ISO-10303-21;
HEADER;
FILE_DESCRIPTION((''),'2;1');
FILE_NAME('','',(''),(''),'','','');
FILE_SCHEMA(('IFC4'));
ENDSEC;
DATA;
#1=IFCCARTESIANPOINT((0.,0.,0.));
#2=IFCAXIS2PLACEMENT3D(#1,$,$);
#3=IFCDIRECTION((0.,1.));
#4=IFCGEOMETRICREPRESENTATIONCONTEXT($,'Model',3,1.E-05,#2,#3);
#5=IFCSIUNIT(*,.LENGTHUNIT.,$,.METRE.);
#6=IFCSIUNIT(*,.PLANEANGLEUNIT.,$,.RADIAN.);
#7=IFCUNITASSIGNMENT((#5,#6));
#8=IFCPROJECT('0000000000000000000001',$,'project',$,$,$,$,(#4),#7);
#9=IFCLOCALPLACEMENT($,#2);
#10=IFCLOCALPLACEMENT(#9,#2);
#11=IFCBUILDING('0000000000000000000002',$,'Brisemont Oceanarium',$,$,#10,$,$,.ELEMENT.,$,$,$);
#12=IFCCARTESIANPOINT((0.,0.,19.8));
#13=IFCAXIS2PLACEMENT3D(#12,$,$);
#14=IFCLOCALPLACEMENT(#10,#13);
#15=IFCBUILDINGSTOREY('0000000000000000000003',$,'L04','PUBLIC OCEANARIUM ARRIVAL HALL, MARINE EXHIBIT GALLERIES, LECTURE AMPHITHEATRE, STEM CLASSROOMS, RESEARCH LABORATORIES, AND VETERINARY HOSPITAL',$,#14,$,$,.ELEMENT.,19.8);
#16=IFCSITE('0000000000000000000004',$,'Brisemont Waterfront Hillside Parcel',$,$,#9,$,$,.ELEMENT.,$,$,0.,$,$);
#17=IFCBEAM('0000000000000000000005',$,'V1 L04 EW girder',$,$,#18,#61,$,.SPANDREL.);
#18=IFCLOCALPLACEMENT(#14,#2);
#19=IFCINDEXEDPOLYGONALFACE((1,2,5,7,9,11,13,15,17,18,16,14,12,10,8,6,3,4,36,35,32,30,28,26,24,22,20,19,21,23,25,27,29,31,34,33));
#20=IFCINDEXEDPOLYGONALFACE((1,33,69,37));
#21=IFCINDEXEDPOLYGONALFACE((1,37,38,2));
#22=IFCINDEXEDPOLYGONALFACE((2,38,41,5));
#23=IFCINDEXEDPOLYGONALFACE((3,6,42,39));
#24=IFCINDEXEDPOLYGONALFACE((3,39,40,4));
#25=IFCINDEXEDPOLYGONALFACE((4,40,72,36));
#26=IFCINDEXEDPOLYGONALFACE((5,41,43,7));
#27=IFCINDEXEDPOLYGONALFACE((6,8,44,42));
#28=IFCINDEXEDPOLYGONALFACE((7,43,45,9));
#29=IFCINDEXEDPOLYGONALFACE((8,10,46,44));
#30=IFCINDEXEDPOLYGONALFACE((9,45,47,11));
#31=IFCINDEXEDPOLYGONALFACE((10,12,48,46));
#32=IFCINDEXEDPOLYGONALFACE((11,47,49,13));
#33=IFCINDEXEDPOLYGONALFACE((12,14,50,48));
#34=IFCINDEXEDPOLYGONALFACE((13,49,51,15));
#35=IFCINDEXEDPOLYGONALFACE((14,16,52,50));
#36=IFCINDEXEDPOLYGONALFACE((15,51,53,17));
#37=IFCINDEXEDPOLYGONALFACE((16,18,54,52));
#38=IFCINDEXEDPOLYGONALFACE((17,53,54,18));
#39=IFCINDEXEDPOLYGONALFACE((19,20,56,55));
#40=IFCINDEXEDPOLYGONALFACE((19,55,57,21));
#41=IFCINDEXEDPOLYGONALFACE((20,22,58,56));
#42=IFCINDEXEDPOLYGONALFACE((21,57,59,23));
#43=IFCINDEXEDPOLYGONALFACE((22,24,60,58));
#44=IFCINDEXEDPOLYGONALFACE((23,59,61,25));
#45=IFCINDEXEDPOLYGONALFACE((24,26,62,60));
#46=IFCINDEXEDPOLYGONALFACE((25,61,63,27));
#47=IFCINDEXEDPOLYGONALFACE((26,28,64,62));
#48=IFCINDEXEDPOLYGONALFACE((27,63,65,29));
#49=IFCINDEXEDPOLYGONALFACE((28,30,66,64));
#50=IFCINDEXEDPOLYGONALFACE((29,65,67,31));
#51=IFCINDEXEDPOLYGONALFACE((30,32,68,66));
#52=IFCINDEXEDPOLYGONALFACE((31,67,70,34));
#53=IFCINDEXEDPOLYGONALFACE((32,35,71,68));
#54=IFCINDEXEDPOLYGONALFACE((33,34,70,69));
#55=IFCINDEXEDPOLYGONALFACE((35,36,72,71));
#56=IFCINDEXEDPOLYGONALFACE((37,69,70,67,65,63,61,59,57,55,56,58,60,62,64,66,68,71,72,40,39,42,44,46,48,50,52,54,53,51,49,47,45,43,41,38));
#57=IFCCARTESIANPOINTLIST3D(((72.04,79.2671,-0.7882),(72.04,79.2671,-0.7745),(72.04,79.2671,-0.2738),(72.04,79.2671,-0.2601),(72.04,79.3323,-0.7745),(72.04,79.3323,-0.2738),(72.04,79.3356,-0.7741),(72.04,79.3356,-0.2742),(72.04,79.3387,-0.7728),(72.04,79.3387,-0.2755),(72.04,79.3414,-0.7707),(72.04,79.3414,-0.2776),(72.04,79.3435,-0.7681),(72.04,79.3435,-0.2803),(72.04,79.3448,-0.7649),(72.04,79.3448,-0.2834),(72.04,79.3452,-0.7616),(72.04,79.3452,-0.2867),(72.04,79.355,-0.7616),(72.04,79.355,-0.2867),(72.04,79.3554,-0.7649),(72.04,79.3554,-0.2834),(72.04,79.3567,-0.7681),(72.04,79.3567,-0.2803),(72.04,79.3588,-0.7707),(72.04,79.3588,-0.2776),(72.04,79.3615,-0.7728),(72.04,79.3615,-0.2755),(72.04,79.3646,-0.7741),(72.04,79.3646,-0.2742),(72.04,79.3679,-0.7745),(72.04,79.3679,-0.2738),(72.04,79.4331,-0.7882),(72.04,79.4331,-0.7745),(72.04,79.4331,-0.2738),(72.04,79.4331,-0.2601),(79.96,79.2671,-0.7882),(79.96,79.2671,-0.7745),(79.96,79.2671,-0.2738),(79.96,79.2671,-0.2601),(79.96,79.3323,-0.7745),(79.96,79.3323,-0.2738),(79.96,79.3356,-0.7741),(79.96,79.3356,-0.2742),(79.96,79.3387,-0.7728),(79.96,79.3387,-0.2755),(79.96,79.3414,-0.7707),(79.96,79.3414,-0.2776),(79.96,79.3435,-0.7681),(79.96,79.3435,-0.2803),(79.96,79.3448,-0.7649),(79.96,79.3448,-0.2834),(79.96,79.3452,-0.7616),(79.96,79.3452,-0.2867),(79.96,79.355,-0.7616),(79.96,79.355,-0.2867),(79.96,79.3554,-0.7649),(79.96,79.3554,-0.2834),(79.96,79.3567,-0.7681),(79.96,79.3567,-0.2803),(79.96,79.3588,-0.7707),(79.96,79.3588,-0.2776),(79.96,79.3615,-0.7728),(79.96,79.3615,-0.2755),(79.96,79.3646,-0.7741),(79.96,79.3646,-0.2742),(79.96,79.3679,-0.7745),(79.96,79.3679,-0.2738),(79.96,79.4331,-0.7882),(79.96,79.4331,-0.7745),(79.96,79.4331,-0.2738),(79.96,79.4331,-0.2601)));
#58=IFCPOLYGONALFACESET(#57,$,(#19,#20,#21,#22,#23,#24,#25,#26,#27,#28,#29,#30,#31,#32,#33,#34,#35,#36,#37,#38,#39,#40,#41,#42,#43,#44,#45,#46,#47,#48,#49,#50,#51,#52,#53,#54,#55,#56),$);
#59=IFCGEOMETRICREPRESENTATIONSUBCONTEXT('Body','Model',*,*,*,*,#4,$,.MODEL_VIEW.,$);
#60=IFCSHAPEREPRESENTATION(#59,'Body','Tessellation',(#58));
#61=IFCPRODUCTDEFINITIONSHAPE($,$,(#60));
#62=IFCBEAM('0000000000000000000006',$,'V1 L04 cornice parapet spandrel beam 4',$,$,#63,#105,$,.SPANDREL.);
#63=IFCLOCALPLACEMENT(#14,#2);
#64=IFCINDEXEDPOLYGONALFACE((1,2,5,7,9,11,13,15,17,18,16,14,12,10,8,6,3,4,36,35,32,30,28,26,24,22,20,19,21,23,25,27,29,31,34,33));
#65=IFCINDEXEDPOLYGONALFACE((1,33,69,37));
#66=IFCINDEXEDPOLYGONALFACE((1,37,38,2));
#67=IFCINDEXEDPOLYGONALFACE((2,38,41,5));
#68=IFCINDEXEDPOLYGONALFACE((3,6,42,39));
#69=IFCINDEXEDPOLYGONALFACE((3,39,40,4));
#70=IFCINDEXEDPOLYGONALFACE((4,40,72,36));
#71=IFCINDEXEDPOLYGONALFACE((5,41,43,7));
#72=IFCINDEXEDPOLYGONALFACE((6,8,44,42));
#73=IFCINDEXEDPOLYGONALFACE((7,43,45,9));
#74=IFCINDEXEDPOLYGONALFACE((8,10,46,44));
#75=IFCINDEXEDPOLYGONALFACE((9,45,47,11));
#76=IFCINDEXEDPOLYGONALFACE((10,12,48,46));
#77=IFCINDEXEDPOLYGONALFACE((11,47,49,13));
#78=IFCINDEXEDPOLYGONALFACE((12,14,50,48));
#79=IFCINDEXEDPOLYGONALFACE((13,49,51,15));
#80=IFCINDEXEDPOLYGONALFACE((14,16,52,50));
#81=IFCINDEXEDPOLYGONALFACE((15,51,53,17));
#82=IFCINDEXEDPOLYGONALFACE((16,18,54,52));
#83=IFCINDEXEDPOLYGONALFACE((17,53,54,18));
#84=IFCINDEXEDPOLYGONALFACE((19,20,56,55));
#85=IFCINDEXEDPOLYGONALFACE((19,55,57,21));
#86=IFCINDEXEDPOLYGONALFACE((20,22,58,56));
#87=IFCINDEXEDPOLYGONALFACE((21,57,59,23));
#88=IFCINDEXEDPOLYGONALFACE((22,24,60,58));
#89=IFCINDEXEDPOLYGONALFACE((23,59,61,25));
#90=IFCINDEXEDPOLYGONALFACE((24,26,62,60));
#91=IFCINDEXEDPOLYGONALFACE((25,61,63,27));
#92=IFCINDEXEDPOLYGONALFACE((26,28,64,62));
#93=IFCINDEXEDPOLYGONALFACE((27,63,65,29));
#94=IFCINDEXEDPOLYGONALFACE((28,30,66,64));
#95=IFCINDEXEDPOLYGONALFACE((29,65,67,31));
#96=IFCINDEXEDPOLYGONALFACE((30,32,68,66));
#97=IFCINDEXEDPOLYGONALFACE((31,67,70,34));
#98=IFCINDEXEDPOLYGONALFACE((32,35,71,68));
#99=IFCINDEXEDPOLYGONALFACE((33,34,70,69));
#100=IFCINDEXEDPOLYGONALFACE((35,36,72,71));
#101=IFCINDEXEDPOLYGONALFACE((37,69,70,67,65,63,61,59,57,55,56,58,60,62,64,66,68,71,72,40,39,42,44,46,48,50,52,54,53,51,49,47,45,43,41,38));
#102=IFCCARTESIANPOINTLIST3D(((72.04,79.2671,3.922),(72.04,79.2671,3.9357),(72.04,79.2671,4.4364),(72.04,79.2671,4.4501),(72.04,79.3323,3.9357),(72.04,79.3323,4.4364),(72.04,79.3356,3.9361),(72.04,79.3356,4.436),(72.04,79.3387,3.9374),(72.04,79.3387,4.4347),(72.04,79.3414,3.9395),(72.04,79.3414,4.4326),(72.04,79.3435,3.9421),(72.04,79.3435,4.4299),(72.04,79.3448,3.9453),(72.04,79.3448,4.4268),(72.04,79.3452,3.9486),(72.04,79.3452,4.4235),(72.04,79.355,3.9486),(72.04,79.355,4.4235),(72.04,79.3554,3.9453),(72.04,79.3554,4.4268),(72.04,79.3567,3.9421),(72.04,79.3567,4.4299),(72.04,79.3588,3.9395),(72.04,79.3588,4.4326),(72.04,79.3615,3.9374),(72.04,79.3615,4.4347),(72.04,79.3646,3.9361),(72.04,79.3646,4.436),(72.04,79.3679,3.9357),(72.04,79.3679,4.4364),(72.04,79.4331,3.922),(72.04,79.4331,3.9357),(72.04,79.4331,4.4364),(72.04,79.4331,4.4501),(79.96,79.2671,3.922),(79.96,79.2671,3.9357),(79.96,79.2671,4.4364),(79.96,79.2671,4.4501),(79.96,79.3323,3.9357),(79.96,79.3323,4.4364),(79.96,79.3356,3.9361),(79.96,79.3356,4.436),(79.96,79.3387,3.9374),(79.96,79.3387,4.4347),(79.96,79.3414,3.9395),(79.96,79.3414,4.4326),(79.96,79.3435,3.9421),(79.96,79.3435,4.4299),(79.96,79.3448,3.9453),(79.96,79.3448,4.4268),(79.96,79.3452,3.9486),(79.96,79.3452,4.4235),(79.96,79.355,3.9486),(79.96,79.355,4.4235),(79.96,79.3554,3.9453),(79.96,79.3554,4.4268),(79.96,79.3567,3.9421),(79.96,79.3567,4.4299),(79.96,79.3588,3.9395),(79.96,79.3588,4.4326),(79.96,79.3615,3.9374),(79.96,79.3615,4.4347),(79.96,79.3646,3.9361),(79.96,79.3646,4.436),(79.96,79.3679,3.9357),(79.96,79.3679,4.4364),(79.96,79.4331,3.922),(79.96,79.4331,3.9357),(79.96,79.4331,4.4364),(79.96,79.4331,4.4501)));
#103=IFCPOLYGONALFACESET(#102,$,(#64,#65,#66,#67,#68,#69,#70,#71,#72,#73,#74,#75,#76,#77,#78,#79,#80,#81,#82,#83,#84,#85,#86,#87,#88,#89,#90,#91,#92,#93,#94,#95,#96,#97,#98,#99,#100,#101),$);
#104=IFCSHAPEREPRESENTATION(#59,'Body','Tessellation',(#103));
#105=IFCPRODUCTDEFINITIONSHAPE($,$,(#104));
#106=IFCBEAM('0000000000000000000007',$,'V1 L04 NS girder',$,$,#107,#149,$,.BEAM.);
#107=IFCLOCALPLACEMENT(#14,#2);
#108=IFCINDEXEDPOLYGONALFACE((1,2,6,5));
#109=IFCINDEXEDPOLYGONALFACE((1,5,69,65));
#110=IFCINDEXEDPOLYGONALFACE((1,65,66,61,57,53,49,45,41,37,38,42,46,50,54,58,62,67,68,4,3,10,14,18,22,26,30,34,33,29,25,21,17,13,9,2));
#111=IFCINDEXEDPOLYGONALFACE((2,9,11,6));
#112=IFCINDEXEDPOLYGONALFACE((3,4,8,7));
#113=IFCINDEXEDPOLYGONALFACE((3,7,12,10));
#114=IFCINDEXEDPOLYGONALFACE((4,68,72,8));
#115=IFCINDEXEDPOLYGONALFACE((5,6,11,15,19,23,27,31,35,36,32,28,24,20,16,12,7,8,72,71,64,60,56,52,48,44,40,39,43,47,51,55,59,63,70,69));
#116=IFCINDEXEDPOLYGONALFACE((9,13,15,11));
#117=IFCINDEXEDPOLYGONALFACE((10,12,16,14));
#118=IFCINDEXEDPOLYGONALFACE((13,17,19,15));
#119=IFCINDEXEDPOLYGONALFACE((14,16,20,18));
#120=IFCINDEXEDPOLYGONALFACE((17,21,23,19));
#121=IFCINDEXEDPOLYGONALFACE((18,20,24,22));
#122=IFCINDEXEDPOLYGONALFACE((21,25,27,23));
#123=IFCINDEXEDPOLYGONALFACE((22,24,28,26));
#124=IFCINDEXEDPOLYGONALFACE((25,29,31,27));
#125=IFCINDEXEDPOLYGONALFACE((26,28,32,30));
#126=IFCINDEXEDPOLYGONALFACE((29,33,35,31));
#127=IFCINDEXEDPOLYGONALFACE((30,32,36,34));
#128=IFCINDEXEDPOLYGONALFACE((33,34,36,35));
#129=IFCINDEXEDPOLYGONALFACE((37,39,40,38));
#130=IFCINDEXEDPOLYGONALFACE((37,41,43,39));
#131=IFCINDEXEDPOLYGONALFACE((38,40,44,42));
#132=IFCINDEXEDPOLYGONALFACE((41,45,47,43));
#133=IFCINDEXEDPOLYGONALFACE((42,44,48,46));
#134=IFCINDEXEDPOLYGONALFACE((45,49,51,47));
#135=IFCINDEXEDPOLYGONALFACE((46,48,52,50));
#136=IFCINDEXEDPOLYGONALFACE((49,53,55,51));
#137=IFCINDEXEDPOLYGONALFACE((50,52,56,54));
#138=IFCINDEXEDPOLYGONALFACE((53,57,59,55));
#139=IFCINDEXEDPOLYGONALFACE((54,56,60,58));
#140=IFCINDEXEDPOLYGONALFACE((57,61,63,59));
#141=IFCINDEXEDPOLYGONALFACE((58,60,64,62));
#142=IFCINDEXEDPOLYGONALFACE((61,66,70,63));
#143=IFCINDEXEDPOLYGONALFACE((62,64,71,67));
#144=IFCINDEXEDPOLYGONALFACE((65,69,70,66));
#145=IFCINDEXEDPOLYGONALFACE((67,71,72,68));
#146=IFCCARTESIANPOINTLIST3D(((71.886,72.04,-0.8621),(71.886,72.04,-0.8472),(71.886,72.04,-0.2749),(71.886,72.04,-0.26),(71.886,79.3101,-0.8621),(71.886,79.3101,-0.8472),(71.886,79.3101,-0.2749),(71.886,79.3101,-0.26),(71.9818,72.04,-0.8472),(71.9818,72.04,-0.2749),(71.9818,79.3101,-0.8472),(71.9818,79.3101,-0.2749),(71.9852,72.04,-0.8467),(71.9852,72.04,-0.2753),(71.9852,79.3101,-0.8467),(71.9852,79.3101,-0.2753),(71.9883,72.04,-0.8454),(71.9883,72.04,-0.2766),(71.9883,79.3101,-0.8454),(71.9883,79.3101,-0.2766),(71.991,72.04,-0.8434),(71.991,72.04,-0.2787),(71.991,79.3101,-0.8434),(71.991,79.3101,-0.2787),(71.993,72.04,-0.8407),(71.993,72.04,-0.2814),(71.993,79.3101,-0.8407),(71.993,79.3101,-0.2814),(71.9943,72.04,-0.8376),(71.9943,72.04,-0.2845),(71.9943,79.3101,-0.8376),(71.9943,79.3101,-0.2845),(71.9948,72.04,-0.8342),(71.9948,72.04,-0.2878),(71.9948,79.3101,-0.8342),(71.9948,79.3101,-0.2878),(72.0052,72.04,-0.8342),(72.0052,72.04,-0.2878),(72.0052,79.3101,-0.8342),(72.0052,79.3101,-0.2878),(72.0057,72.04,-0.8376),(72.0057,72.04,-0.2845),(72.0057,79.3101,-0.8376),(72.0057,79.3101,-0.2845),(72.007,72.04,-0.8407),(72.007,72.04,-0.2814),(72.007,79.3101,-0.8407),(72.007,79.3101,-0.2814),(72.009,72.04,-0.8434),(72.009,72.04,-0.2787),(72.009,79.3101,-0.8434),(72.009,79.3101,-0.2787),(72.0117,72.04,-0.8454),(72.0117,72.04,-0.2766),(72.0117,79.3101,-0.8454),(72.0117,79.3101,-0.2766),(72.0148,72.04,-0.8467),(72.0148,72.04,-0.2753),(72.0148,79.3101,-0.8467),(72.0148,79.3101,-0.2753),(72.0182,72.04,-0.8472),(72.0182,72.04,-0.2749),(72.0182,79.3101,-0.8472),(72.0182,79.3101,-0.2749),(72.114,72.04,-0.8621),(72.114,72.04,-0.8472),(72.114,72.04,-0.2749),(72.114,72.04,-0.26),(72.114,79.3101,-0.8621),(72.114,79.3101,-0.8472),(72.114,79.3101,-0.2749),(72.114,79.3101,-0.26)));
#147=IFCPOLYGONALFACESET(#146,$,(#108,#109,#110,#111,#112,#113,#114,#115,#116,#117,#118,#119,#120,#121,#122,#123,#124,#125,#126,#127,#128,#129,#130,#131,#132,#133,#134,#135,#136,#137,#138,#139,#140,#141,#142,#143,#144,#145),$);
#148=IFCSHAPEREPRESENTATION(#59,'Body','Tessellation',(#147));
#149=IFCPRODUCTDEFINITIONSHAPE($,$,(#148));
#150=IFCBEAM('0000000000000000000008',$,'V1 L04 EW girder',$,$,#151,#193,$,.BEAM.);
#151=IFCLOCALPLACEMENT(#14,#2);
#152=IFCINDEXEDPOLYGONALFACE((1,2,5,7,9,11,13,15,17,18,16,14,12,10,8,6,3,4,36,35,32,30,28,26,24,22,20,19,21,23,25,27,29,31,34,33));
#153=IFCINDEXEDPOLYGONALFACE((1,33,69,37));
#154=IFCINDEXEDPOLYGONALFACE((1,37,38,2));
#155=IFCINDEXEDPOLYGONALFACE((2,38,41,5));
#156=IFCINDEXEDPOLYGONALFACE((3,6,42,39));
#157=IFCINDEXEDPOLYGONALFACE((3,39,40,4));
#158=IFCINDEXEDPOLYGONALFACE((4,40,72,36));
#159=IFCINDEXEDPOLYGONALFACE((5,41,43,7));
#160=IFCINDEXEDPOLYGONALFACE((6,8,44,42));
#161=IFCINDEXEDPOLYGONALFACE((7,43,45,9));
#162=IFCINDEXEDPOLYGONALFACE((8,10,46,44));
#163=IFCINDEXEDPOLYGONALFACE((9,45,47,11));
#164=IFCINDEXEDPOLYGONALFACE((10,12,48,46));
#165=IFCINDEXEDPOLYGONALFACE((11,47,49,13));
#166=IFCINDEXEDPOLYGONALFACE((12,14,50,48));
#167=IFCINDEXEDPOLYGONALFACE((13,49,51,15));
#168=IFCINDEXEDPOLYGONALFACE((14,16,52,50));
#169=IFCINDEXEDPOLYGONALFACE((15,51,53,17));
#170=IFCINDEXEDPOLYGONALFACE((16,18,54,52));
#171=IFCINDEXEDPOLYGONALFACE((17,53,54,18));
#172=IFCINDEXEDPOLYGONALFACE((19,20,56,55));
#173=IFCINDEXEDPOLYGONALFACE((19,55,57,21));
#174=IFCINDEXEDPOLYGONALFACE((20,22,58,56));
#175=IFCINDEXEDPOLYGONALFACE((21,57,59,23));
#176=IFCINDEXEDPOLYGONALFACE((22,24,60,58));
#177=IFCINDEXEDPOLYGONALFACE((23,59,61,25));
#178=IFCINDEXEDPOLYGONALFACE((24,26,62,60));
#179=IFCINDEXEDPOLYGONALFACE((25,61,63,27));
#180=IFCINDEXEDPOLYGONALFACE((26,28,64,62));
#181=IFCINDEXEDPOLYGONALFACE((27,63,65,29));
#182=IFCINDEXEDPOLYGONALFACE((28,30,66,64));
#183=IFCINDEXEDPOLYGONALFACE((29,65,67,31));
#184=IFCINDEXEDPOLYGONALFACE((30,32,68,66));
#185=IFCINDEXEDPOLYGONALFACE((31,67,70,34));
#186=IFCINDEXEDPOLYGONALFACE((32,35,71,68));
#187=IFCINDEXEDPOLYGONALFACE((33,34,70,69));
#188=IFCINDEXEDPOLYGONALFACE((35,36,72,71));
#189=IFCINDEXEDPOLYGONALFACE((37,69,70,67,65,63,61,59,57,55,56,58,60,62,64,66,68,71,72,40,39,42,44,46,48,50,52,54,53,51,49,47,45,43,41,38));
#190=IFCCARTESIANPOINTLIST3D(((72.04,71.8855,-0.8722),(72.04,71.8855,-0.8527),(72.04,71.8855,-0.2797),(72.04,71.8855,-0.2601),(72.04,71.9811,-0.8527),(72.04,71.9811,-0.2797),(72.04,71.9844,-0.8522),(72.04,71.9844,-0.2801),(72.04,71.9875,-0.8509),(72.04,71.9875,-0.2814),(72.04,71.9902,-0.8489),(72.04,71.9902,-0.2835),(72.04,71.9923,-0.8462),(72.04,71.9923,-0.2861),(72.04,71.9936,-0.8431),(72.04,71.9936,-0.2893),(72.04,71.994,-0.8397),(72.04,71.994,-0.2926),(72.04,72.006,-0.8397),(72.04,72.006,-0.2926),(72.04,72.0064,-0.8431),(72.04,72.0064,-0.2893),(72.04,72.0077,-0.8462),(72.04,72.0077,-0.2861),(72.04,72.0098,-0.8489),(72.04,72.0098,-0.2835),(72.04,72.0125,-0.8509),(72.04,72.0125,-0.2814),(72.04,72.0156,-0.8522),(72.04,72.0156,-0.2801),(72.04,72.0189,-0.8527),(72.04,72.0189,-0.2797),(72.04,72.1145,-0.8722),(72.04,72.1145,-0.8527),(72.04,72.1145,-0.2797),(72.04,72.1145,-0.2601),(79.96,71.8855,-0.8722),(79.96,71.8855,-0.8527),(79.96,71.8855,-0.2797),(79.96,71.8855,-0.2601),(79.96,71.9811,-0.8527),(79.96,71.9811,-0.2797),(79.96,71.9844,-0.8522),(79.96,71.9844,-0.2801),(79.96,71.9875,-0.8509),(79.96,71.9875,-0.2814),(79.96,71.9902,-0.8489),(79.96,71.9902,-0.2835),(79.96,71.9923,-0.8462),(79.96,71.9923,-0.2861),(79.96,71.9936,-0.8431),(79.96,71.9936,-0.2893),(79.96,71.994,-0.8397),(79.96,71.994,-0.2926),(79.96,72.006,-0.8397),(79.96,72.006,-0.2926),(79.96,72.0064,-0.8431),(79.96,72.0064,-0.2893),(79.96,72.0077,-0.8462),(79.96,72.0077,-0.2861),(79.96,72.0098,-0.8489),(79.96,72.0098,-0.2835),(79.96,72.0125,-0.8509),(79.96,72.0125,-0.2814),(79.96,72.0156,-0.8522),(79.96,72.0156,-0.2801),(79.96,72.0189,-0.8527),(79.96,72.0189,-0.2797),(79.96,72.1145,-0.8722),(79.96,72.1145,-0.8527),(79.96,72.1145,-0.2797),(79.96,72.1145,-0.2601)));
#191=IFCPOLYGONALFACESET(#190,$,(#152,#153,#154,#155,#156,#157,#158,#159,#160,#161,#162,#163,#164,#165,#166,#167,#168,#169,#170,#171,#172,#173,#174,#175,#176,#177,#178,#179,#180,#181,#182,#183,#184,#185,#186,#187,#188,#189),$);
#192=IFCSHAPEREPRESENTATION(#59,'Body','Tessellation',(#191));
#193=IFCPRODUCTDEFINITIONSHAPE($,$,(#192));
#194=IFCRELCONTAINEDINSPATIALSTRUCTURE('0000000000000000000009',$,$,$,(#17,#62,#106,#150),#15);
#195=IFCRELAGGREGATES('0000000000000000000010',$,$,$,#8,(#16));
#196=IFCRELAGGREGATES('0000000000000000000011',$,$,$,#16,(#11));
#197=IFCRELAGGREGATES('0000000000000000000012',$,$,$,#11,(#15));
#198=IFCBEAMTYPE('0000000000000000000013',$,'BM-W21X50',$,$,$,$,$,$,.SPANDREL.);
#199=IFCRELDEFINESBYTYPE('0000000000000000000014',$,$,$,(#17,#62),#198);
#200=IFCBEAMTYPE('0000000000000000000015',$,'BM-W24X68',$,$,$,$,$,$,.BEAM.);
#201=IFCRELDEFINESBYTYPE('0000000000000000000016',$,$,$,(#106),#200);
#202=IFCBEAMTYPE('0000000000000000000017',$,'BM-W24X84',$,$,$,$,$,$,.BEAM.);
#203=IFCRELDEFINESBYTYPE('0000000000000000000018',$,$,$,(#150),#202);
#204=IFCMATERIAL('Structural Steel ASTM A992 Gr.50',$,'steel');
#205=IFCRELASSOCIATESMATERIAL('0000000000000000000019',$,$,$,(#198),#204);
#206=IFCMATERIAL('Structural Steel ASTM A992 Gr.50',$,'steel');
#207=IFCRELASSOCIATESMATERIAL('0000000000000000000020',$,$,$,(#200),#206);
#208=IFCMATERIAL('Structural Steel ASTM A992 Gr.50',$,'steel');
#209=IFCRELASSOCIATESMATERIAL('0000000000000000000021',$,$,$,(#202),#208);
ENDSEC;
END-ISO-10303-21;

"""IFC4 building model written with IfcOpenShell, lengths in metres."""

from ifc_helpers import new_model, si_unit, direction, frame, origin, origin_2d, place, context, subcontext, project, spatial, i_section, extrude, material, material_profile, profile_set, type_object, element, save


model = new_model("IFC4")

# Units and contexts
model_context = context("Model", 3, precision=1e-05, world=origin(), true_north=direction((0.0, 1.0)))
body_context = subcontext(model_context, "Body", "Model", "MODEL_VIEW")
ifc_project = project(units=[si_unit("LENGTHUNIT", "METRE"), si_unit("PLANEANGLEUNIT", "RADIAN")], contexts=[model_context])

# Site, building, storey
site_placement = place(None, origin())
site = spatial("IfcSite", under=ifc_project, at=site_placement, Name="Brisemont Waterfront Hillside Parcel", CompositionType="ELEMENT", RefElevation=0.0)
building_placement = place(site_placement, origin())
building = spatial("IfcBuilding", under=site, at=building_placement, Name="Brisemont Oceanarium", CompositionType="ELEMENT")
storey_placement = place(building_placement, frame((0.0, 0.0, 19.8)))
storey = spatial("IfcBuildingStorey", under=building, at=storey_placement, Name="L04", Description="PUBLIC OCEANARIUM ARRIVAL HALL, MARINE EXHIBIT GALLERIES, LECTURE AMPHITHEATRE, STEM CLASSROOMS, RESEARCH LABORATORIES, AND VETERINARY HOSPITAL", CompositionType="ELEMENT", Elevation=19.8)

# Beams
ifc_material_1 = material(Name="Structural Steel ASTM A992 Gr.50", Category="steel")
ifc_material_profile_1 = material_profile(ifc_material_1, i_section(OverallWidth=0.166, OverallDepth=0.5281, WebThickness=0.0098, FlangeThickness=0.0137, FilletRadius=0.0129, at=origin_2d()), Name="W21X50")
ifc_profile_set_1 = profile_set([ifc_material_profile_1], Name="Structural Steel ASTM A992 Gr.50")
beam_type_1 = type_object("IfcBeamType", Name="BM-W21X50", PredefinedType="SPANDREL", material=ifc_profile_set_1)
for number, where, z_axis, x_axis, name in (
    (1, (72.04, 79.3501, -0.5242), (1.0, 0.0, 0.0), (0.0, 1.0, 0.0), "V1 L04 EW girder"),
    (2, (72.04, 79.3501, 4.186), (1.0, 0.0, 0.0), (0.0, 1.0, 0.0), "V1 L04 cornice parapet spandrel beam 4"),
):
    element("IfcBeam", number, at=place(storey_placement, frame(where, z_axis=z_axis, x_axis=x_axis)), inside=storey, type_object=beam_type_1, Name=name, PredefinedType="SPANDREL", context=body_context, shape_type="SweptSolid", body=[
        extrude(i_section(OverallWidth=0.166, OverallDepth=0.5281, WebThickness=0.0098, FlangeThickness=0.0137, FilletRadius=0.0129, at=origin_2d()), origin(), (0.0, 0.0, 1.0), 7.9199),
    ])
ifc_material_2 = material(Name="Structural Steel ASTM A992 Gr.50", Category="steel")
ifc_material_profile_2 = material_profile(ifc_material_2, i_section(OverallWidth=0.228, OverallDepth=0.6021, WebThickness=0.0105, FlangeThickness=0.0149, FilletRadius=0.0129, at=origin_2d()), Name="W24X68")
ifc_profile_set_2 = profile_set([ifc_material_profile_2], Name="Structural Steel ASTM A992 Gr.50")
beam_type_2 = type_object("IfcBeamType", Name="BM-W24X68", PredefinedType="BEAM", material=ifc_profile_set_2)
beam_1_placement = place(storey_placement, frame((72.0, 72.04, -0.561), z_axis=(0.0, 1.0, 0.0), x_axis=(-1.0, 0.0, 0.0)))
element("IfcBeam", 3, at=beam_1_placement, inside=storey, type_object=beam_type_2, Name="V1 L04 NS girder", PredefinedType="BEAM", context=body_context, shape_type="SweptSolid", body=[
    extrude(i_section(OverallWidth=0.228, OverallDepth=0.6021, WebThickness=0.0105, FlangeThickness=0.0149, FilletRadius=0.0129, at=origin_2d()), origin(), (0.0, 0.0, 1.0), 7.27),
])
ifc_material_3 = material(Name="Structural Steel ASTM A992 Gr.50", Category="steel")
ifc_material_profile_3 = material_profile(ifc_material_3, i_section(OverallWidth=0.229, OverallDepth=0.6121, WebThickness=0.012, FlangeThickness=0.0195, FilletRadius=0.0129, at=origin_2d()), Name="W24X84")
ifc_profile_set_3 = profile_set([ifc_material_profile_3], Name="Structural Steel ASTM A992 Gr.50")
beam_type_3 = type_object("IfcBeamType", Name="BM-W24X84", PredefinedType="BEAM", material=ifc_profile_set_3)
beam_2_placement = place(storey_placement, frame((72.04, 72.0, -0.5662), z_axis=(1.0, 0.0, 0.0), x_axis=(0.0, 1.0, 0.0)))
element("IfcBeam", 4, at=beam_2_placement, inside=storey, type_object=beam_type_3, Name="V1 L04 EW girder", PredefinedType="BEAM", context=body_context, shape_type="SweptSolid", body=[
    extrude(i_section(OverallWidth=0.229, OverallDepth=0.6121, WebThickness=0.012, FlangeThickness=0.0195, FilletRadius=0.0129, at=origin_2d()), origin(), (0.0, 0.0, 1.0), 7.9199),
])

save(model, "model.ifc")
